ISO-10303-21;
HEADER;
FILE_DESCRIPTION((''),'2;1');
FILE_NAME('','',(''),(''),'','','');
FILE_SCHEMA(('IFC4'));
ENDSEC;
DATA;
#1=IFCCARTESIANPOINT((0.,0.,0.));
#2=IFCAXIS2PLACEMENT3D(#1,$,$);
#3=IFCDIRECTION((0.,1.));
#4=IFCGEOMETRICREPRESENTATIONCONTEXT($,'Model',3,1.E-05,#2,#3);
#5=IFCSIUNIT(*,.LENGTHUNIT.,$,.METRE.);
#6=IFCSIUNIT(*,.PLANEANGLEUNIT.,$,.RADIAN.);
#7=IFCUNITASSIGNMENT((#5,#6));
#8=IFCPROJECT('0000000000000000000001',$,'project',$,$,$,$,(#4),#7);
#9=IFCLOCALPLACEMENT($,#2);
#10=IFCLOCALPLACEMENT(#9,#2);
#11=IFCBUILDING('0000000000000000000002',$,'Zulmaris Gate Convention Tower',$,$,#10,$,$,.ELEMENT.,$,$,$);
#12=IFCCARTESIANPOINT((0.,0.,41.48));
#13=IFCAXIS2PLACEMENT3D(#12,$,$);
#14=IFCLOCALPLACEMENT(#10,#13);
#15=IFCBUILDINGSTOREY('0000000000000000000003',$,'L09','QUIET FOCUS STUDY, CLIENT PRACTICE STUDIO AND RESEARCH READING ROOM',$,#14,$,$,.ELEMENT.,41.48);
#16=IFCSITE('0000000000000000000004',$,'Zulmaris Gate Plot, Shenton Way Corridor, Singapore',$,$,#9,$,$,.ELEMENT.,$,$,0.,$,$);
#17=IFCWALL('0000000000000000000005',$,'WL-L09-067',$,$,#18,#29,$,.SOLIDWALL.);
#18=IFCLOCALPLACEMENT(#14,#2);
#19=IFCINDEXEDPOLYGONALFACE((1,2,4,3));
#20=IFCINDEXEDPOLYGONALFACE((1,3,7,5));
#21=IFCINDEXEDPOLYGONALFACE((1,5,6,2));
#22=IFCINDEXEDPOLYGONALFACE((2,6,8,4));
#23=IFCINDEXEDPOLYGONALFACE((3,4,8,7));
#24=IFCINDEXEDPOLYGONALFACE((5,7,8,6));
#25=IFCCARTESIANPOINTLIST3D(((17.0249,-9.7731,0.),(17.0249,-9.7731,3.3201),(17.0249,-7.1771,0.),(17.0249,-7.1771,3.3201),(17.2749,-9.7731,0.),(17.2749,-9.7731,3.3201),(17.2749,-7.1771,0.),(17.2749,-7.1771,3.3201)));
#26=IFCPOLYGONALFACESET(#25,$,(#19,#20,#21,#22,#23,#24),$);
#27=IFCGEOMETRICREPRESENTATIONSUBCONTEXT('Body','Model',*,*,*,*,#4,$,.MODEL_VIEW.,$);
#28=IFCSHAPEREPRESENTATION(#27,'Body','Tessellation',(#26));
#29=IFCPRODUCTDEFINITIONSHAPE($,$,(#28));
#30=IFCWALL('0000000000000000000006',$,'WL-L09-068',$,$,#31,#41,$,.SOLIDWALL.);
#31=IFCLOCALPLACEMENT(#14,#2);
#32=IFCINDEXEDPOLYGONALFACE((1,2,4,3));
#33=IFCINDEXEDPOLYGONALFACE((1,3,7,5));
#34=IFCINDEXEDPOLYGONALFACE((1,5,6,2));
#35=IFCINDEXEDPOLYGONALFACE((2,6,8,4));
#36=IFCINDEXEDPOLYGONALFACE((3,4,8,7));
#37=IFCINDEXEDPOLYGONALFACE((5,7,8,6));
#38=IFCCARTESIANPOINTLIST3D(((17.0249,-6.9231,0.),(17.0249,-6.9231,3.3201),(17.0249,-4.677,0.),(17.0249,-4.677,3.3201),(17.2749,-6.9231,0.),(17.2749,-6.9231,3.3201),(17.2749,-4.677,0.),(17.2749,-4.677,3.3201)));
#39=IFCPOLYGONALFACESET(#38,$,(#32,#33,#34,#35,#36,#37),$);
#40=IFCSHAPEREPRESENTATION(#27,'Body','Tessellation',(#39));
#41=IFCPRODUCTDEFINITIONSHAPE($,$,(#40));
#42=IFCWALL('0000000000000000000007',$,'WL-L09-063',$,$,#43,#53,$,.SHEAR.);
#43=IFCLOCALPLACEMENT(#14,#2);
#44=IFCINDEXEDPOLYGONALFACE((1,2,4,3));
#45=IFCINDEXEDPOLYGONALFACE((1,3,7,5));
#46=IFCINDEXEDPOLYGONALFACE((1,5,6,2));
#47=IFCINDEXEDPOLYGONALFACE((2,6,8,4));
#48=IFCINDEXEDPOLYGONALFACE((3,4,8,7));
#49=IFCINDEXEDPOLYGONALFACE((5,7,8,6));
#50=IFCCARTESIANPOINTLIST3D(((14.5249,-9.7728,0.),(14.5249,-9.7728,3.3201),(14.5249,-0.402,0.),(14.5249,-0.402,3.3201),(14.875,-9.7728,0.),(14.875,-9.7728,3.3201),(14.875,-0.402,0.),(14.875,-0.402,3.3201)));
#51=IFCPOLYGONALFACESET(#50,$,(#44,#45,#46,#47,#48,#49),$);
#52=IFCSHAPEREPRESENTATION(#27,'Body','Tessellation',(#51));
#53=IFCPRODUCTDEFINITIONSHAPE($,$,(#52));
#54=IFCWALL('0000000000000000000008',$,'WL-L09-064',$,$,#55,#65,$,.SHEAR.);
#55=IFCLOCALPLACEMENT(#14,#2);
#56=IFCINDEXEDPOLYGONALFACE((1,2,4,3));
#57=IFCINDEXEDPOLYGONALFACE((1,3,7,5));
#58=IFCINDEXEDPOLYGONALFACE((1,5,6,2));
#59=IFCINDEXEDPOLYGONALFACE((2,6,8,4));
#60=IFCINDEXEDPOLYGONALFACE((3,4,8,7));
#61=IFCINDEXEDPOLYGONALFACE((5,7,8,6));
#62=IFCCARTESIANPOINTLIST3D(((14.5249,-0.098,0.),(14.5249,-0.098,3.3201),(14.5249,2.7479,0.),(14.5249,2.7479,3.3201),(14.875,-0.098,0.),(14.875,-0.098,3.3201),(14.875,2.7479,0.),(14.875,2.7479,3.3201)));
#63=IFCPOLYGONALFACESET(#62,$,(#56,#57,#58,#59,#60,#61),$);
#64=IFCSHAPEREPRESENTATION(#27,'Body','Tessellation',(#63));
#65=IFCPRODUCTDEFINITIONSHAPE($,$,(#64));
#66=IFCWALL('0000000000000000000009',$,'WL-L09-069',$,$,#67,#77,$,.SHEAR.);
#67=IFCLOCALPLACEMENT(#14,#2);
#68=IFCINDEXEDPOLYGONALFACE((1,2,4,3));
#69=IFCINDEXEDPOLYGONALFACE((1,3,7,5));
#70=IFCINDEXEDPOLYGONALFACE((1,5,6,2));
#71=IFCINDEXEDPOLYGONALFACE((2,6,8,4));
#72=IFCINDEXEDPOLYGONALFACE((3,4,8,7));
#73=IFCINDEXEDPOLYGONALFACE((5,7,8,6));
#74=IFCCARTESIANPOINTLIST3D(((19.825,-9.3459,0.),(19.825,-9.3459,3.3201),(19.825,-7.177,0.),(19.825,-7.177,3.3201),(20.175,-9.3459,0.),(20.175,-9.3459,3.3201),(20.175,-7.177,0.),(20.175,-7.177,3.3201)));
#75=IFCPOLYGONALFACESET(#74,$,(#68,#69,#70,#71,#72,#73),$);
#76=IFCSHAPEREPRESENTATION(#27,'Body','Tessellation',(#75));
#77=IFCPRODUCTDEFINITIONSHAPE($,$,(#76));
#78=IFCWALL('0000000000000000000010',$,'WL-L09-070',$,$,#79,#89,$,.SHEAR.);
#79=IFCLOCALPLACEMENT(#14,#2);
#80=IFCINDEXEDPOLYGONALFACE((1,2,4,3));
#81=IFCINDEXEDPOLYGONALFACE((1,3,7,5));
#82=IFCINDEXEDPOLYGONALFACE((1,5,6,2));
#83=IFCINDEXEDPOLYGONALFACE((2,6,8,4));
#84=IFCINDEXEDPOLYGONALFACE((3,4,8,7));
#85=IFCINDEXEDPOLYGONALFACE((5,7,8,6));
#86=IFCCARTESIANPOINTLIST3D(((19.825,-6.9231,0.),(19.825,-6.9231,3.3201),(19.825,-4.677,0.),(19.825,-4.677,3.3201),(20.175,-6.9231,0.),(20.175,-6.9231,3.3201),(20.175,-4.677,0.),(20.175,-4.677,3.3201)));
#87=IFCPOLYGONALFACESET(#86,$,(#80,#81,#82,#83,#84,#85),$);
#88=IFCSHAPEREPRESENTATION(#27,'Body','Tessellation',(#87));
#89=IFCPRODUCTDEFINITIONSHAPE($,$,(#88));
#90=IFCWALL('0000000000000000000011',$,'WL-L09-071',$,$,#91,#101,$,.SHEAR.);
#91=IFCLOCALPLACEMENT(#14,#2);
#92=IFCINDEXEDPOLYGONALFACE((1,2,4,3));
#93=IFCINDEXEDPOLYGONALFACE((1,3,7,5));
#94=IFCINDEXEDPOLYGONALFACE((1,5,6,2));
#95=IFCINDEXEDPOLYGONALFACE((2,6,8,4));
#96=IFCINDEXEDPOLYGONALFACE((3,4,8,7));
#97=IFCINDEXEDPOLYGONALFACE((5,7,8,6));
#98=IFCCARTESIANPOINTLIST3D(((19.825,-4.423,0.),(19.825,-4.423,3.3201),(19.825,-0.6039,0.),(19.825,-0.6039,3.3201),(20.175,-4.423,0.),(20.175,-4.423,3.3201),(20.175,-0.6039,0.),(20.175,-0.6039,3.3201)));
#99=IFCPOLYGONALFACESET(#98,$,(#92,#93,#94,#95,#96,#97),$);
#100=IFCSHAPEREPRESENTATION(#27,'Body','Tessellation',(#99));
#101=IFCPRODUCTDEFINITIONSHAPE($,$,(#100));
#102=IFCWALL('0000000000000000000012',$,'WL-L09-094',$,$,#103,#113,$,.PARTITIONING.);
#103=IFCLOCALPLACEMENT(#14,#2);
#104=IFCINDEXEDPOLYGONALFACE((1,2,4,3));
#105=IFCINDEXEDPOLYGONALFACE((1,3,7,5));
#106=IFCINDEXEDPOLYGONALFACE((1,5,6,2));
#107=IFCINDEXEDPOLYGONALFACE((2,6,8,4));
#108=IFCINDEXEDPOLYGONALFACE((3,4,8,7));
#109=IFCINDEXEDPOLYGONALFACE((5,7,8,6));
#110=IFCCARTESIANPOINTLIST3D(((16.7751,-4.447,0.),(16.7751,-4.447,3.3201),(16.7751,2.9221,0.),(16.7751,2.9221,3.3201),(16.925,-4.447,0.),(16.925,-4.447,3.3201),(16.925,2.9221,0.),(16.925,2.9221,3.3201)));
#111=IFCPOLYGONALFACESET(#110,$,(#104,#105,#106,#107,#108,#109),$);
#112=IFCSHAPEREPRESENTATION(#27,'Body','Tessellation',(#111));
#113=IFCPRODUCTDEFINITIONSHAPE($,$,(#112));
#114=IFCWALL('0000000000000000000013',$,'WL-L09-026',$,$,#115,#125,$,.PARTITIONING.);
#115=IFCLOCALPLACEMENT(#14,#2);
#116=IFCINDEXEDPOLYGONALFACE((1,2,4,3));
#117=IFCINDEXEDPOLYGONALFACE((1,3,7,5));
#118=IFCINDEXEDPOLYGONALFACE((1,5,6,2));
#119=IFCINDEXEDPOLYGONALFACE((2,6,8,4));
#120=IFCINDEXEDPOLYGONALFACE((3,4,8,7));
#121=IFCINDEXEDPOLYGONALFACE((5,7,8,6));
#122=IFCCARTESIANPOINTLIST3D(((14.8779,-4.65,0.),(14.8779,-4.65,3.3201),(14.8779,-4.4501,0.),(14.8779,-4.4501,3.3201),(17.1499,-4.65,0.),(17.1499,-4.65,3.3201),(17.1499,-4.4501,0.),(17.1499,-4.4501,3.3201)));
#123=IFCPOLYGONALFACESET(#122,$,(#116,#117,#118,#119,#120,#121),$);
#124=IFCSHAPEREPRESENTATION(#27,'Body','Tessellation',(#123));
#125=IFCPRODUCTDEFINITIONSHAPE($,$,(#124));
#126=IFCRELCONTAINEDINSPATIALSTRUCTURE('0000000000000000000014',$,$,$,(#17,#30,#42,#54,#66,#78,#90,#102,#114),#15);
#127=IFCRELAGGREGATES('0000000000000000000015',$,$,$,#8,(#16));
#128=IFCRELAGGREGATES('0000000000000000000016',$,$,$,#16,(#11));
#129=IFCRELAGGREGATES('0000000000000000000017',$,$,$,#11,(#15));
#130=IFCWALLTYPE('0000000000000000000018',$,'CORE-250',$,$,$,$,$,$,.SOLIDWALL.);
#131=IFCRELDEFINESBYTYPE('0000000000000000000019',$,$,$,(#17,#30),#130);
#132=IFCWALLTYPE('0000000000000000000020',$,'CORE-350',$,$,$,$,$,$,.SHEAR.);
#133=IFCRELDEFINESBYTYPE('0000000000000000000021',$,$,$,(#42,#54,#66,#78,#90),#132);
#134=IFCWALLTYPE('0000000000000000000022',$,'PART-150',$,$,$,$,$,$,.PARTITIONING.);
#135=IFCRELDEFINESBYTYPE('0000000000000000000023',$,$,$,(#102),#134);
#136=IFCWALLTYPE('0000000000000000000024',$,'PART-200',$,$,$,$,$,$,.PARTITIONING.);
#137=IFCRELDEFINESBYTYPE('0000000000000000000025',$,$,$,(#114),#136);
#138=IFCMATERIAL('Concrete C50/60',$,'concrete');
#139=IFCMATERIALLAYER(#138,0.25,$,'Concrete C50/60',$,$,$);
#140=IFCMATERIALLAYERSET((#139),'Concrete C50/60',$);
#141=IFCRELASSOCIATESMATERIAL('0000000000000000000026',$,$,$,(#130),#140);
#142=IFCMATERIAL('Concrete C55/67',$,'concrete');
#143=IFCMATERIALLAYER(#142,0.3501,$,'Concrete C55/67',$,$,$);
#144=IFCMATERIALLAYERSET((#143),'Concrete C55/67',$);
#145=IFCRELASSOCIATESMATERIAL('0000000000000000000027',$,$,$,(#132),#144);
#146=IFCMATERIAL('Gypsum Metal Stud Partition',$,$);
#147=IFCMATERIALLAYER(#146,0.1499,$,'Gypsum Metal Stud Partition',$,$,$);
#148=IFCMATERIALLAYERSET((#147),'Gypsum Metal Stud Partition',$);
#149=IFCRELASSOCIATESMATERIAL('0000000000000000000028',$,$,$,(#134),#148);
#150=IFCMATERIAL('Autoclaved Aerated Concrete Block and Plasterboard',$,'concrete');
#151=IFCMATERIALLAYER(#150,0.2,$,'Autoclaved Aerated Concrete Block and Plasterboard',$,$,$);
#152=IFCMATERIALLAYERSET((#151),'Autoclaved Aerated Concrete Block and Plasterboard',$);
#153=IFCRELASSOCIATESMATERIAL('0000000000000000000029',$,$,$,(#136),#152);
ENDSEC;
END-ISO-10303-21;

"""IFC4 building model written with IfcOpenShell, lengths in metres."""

from ifc_helpers import new_model, si_unit, direction, frame, frame_2d, origin, place, context, subcontext, project, spatial, rectangle, extrude, material, layer, layer_set, type_object, element, save


model = new_model("IFC4")

# Units and contexts
model_context = context("Model", 3, precision=1e-05, world=origin(), true_north=direction((0.0, 1.0)))
body_context = subcontext(model_context, "Body", "Model", "MODEL_VIEW")
ifc_project = project(units=[si_unit("LENGTHUNIT", "METRE"), si_unit("PLANEANGLEUNIT", "RADIAN")], contexts=[model_context])

# Site, building, storey
site_placement = place(None, origin())
site = spatial("IfcSite", under=ifc_project, at=site_placement, Name="Zulmaris Gate Plot, Shenton Way Corridor, Singapore", CompositionType="ELEMENT", RefElevation=0.0)
building_placement = place(site_placement, origin())
building = spatial("IfcBuilding", under=site, at=building_placement, Name="Zulmaris Gate Convention Tower", CompositionType="ELEMENT")
storey_placement = place(building_placement, frame((0.0, 0.0, 41.48)))
storey = spatial("IfcBuildingStorey", under=building, at=storey_placement, Name="L09", Description="QUIET FOCUS STUDY, CLIENT PRACTICE STUDIO AND RESEARCH READING ROOM", CompositionType="ELEMENT", Elevation=41.48)

# Walls
ifc_material_1 = material(Name="Concrete C50/60", Category="concrete")
ifc_layer_1 = layer(ifc_material_1, 0.25, Name="Concrete C50/60")
ifc_layer_set_1 = layer_set([ifc_layer_1], Name="Concrete C50/60")
wall_type_1 = type_object("IfcWallType", Name="CORE-250", PredefinedType="SOLIDWALL", material=ifc_layer_set_1)
wall_1_placement = place(storey_placement, frame((17.1499, -9.7729, 0.0), z_axis=(0.0, 0.0, 1.0), x_axis=(0.0, 1.0, 0.0)))
element("IfcWall", 1, at=wall_1_placement, inside=storey, type_object=wall_type_1, Name="WL-L09-067", PredefinedType="SOLIDWALL", context=body_context, shape_type="SweptSolid", body=[
    extrude(rectangle(XDim=2.5959, YDim=0.25, at=frame_2d((1.2979, 0.0))), origin(), (0.0, 0.0, 1.0), 3.3201),
])
wall_2_placement = place(storey_placement, frame((17.1499, -6.9231, 0.0), z_axis=(0.0, 0.0, 1.0), x_axis=(0.0, 1.0, 0.0)))
element("IfcWall", 2, at=wall_2_placement, inside=storey, type_object=wall_type_1, Name="WL-L09-068", PredefinedType="SOLIDWALL", context=body_context, shape_type="SweptSolid", body=[
    extrude(rectangle(XDim=2.2461, YDim=0.25, at=frame_2d((1.123, 0.0))), origin(), (0.0, 0.0, 1.0), 3.3201),
])
ifc_material_2 = material(Name="Concrete C55/67", Category="concrete")
ifc_layer_2 = layer(ifc_material_2, 0.3501, Name="Concrete C55/67")
ifc_layer_set_2 = layer_set([ifc_layer_2], Name="Concrete C55/67")
wall_type_2 = type_object("IfcWallType", Name="CORE-350", PredefinedType="SHEAR", material=ifc_layer_set_2)
wall_3_placement = place(storey_placement, frame((14.7, -9.7729, 0.0), z_axis=(0.0, 0.0, 1.0), x_axis=(0.0, 1.0, 0.0)))
element("IfcWall", 3, at=wall_3_placement, inside=storey, type_object=wall_type_2, Name="WL-L09-063", PredefinedType="SHEAR", context=body_context, shape_type="SweptSolid", body=[
    extrude(rectangle(XDim=9.3708, YDim=0.3501, at=frame_2d((4.6855, 0.0))), origin(), (0.0, 0.0, 1.0), 3.3201),
])
wall_4_placement = place(storey_placement, frame((14.7, -0.0979, 0.0), z_axis=(0.0, 0.0, 1.0), x_axis=(0.0, 1.0, 0.0)))
element("IfcWall", 4, at=wall_4_placement, inside=storey, type_object=wall_type_2, Name="WL-L09-064", PredefinedType="SHEAR", context=body_context, shape_type="SweptSolid", body=[
    extrude(rectangle(XDim=2.8459, YDim=0.3501, at=frame_2d((1.4229, 0.0))), origin(), (0.0, 0.0, 1.0), 3.3201),
])
wall_5_placement = place(storey_placement, frame((20.0, -9.3459, 0.0), z_axis=(0.0, 0.0, 1.0), x_axis=(0.0, 1.0, 0.0)))
element("IfcWall", 5, at=wall_5_placement, inside=storey, type_object=wall_type_2, Name="WL-L09-069", PredefinedType="SHEAR", context=body_context, shape_type="SweptSolid", body=[
    extrude(rectangle(XDim=2.1689, YDim=0.3501, at=frame_2d((1.0845, 0.0))), origin(), (0.0, 0.0, 1.0), 3.3201),
])
wall_6_placement = place(storey_placement, frame((20.0, -6.9231, 0.0), z_axis=(0.0, 0.0, 1.0), x_axis=(0.0, 1.0, 0.0)))
element("IfcWall", 6, at=wall_6_placement, inside=storey, type_object=wall_type_2, Name="WL-L09-070", PredefinedType="SHEAR", context=body_context, shape_type="SweptSolid", body=[
    extrude(rectangle(XDim=2.2461, YDim=0.3501, at=frame_2d((1.123, 0.0))), origin(), (0.0, 0.0, 1.0), 3.3201),
])
wall_7_placement = place(storey_placement, frame((20.0, -4.4231, 0.0), z_axis=(0.0, 0.0, 1.0), x_axis=(0.0, 1.0, 0.0)))
element("IfcWall", 7, at=wall_7_placement, inside=storey, type_object=wall_type_2, Name="WL-L09-071", PredefinedType="SHEAR", context=body_context, shape_type="SweptSolid", body=[
    extrude(rectangle(XDim=3.8191, YDim=0.3501, at=frame_2d((1.9097, 0.0))), origin(), (0.0, 0.0, 1.0), 3.3201),
])

# Shared definitions
ifc_material_3 = material(Name="Gypsum Metal Stud Partition")
ifc_layer_3 = layer(ifc_material_3, 0.1499, Name="Gypsum Metal Stud Partition")
ifc_layer_set_3 = layer_set([ifc_layer_3], Name="Gypsum Metal Stud Partition")
wall_type_3 = type_object("IfcWallType", Name="PART-150", PredefinedType="PARTITIONING", material=ifc_layer_set_3)

# Walls
wall_8_placement = place(storey_placement, frame((16.8501, -4.447, 0.0), z_axis=(0.0, 0.0, 1.0), x_axis=(0.0, 1.0, 0.0)))
element("IfcWall", 8, at=wall_8_placement, inside=storey, type_object=wall_type_3, Name="WL-L09-094", PredefinedType="PARTITIONING", context=body_context, shape_type="SweptSolid", body=[
    extrude(rectangle(XDim=7.3691, YDim=0.1499, at=frame_2d((3.6846, 0.0))), origin(), (0.0, 0.0, 1.0), 3.3201),
])
ifc_material_4 = material(Name="Autoclaved Aerated Concrete Block and Plasterboard", Category="concrete")
ifc_layer_4 = layer(ifc_material_4, 0.2, Name="Autoclaved Aerated Concrete Block and Plasterboard")
ifc_layer_set_4 = layer_set([ifc_layer_4], Name="Autoclaved Aerated Concrete Block and Plasterboard")
wall_type_4 = type_object("IfcWallType", Name="PART-200", PredefinedType="PARTITIONING", material=ifc_layer_set_4)
wall_9_placement = place(storey_placement, frame((14.8779, -4.55, 0.0), z_axis=(0.0, 0.0, 1.0), x_axis=(1.0, 0.0, 0.0)))
element("IfcWall", 9, at=wall_9_placement, inside=storey, type_object=wall_type_4, Name="WL-L09-026", PredefinedType="PARTITIONING", context=body_context, shape_type="SweptSolid", body=[
    extrude(rectangle(XDim=2.272, YDim=0.2, at=frame_2d((1.136, 0.0))), origin(), (0.0, 0.0, 1.0), 3.3201),
])

save(model, "model.ifc")
